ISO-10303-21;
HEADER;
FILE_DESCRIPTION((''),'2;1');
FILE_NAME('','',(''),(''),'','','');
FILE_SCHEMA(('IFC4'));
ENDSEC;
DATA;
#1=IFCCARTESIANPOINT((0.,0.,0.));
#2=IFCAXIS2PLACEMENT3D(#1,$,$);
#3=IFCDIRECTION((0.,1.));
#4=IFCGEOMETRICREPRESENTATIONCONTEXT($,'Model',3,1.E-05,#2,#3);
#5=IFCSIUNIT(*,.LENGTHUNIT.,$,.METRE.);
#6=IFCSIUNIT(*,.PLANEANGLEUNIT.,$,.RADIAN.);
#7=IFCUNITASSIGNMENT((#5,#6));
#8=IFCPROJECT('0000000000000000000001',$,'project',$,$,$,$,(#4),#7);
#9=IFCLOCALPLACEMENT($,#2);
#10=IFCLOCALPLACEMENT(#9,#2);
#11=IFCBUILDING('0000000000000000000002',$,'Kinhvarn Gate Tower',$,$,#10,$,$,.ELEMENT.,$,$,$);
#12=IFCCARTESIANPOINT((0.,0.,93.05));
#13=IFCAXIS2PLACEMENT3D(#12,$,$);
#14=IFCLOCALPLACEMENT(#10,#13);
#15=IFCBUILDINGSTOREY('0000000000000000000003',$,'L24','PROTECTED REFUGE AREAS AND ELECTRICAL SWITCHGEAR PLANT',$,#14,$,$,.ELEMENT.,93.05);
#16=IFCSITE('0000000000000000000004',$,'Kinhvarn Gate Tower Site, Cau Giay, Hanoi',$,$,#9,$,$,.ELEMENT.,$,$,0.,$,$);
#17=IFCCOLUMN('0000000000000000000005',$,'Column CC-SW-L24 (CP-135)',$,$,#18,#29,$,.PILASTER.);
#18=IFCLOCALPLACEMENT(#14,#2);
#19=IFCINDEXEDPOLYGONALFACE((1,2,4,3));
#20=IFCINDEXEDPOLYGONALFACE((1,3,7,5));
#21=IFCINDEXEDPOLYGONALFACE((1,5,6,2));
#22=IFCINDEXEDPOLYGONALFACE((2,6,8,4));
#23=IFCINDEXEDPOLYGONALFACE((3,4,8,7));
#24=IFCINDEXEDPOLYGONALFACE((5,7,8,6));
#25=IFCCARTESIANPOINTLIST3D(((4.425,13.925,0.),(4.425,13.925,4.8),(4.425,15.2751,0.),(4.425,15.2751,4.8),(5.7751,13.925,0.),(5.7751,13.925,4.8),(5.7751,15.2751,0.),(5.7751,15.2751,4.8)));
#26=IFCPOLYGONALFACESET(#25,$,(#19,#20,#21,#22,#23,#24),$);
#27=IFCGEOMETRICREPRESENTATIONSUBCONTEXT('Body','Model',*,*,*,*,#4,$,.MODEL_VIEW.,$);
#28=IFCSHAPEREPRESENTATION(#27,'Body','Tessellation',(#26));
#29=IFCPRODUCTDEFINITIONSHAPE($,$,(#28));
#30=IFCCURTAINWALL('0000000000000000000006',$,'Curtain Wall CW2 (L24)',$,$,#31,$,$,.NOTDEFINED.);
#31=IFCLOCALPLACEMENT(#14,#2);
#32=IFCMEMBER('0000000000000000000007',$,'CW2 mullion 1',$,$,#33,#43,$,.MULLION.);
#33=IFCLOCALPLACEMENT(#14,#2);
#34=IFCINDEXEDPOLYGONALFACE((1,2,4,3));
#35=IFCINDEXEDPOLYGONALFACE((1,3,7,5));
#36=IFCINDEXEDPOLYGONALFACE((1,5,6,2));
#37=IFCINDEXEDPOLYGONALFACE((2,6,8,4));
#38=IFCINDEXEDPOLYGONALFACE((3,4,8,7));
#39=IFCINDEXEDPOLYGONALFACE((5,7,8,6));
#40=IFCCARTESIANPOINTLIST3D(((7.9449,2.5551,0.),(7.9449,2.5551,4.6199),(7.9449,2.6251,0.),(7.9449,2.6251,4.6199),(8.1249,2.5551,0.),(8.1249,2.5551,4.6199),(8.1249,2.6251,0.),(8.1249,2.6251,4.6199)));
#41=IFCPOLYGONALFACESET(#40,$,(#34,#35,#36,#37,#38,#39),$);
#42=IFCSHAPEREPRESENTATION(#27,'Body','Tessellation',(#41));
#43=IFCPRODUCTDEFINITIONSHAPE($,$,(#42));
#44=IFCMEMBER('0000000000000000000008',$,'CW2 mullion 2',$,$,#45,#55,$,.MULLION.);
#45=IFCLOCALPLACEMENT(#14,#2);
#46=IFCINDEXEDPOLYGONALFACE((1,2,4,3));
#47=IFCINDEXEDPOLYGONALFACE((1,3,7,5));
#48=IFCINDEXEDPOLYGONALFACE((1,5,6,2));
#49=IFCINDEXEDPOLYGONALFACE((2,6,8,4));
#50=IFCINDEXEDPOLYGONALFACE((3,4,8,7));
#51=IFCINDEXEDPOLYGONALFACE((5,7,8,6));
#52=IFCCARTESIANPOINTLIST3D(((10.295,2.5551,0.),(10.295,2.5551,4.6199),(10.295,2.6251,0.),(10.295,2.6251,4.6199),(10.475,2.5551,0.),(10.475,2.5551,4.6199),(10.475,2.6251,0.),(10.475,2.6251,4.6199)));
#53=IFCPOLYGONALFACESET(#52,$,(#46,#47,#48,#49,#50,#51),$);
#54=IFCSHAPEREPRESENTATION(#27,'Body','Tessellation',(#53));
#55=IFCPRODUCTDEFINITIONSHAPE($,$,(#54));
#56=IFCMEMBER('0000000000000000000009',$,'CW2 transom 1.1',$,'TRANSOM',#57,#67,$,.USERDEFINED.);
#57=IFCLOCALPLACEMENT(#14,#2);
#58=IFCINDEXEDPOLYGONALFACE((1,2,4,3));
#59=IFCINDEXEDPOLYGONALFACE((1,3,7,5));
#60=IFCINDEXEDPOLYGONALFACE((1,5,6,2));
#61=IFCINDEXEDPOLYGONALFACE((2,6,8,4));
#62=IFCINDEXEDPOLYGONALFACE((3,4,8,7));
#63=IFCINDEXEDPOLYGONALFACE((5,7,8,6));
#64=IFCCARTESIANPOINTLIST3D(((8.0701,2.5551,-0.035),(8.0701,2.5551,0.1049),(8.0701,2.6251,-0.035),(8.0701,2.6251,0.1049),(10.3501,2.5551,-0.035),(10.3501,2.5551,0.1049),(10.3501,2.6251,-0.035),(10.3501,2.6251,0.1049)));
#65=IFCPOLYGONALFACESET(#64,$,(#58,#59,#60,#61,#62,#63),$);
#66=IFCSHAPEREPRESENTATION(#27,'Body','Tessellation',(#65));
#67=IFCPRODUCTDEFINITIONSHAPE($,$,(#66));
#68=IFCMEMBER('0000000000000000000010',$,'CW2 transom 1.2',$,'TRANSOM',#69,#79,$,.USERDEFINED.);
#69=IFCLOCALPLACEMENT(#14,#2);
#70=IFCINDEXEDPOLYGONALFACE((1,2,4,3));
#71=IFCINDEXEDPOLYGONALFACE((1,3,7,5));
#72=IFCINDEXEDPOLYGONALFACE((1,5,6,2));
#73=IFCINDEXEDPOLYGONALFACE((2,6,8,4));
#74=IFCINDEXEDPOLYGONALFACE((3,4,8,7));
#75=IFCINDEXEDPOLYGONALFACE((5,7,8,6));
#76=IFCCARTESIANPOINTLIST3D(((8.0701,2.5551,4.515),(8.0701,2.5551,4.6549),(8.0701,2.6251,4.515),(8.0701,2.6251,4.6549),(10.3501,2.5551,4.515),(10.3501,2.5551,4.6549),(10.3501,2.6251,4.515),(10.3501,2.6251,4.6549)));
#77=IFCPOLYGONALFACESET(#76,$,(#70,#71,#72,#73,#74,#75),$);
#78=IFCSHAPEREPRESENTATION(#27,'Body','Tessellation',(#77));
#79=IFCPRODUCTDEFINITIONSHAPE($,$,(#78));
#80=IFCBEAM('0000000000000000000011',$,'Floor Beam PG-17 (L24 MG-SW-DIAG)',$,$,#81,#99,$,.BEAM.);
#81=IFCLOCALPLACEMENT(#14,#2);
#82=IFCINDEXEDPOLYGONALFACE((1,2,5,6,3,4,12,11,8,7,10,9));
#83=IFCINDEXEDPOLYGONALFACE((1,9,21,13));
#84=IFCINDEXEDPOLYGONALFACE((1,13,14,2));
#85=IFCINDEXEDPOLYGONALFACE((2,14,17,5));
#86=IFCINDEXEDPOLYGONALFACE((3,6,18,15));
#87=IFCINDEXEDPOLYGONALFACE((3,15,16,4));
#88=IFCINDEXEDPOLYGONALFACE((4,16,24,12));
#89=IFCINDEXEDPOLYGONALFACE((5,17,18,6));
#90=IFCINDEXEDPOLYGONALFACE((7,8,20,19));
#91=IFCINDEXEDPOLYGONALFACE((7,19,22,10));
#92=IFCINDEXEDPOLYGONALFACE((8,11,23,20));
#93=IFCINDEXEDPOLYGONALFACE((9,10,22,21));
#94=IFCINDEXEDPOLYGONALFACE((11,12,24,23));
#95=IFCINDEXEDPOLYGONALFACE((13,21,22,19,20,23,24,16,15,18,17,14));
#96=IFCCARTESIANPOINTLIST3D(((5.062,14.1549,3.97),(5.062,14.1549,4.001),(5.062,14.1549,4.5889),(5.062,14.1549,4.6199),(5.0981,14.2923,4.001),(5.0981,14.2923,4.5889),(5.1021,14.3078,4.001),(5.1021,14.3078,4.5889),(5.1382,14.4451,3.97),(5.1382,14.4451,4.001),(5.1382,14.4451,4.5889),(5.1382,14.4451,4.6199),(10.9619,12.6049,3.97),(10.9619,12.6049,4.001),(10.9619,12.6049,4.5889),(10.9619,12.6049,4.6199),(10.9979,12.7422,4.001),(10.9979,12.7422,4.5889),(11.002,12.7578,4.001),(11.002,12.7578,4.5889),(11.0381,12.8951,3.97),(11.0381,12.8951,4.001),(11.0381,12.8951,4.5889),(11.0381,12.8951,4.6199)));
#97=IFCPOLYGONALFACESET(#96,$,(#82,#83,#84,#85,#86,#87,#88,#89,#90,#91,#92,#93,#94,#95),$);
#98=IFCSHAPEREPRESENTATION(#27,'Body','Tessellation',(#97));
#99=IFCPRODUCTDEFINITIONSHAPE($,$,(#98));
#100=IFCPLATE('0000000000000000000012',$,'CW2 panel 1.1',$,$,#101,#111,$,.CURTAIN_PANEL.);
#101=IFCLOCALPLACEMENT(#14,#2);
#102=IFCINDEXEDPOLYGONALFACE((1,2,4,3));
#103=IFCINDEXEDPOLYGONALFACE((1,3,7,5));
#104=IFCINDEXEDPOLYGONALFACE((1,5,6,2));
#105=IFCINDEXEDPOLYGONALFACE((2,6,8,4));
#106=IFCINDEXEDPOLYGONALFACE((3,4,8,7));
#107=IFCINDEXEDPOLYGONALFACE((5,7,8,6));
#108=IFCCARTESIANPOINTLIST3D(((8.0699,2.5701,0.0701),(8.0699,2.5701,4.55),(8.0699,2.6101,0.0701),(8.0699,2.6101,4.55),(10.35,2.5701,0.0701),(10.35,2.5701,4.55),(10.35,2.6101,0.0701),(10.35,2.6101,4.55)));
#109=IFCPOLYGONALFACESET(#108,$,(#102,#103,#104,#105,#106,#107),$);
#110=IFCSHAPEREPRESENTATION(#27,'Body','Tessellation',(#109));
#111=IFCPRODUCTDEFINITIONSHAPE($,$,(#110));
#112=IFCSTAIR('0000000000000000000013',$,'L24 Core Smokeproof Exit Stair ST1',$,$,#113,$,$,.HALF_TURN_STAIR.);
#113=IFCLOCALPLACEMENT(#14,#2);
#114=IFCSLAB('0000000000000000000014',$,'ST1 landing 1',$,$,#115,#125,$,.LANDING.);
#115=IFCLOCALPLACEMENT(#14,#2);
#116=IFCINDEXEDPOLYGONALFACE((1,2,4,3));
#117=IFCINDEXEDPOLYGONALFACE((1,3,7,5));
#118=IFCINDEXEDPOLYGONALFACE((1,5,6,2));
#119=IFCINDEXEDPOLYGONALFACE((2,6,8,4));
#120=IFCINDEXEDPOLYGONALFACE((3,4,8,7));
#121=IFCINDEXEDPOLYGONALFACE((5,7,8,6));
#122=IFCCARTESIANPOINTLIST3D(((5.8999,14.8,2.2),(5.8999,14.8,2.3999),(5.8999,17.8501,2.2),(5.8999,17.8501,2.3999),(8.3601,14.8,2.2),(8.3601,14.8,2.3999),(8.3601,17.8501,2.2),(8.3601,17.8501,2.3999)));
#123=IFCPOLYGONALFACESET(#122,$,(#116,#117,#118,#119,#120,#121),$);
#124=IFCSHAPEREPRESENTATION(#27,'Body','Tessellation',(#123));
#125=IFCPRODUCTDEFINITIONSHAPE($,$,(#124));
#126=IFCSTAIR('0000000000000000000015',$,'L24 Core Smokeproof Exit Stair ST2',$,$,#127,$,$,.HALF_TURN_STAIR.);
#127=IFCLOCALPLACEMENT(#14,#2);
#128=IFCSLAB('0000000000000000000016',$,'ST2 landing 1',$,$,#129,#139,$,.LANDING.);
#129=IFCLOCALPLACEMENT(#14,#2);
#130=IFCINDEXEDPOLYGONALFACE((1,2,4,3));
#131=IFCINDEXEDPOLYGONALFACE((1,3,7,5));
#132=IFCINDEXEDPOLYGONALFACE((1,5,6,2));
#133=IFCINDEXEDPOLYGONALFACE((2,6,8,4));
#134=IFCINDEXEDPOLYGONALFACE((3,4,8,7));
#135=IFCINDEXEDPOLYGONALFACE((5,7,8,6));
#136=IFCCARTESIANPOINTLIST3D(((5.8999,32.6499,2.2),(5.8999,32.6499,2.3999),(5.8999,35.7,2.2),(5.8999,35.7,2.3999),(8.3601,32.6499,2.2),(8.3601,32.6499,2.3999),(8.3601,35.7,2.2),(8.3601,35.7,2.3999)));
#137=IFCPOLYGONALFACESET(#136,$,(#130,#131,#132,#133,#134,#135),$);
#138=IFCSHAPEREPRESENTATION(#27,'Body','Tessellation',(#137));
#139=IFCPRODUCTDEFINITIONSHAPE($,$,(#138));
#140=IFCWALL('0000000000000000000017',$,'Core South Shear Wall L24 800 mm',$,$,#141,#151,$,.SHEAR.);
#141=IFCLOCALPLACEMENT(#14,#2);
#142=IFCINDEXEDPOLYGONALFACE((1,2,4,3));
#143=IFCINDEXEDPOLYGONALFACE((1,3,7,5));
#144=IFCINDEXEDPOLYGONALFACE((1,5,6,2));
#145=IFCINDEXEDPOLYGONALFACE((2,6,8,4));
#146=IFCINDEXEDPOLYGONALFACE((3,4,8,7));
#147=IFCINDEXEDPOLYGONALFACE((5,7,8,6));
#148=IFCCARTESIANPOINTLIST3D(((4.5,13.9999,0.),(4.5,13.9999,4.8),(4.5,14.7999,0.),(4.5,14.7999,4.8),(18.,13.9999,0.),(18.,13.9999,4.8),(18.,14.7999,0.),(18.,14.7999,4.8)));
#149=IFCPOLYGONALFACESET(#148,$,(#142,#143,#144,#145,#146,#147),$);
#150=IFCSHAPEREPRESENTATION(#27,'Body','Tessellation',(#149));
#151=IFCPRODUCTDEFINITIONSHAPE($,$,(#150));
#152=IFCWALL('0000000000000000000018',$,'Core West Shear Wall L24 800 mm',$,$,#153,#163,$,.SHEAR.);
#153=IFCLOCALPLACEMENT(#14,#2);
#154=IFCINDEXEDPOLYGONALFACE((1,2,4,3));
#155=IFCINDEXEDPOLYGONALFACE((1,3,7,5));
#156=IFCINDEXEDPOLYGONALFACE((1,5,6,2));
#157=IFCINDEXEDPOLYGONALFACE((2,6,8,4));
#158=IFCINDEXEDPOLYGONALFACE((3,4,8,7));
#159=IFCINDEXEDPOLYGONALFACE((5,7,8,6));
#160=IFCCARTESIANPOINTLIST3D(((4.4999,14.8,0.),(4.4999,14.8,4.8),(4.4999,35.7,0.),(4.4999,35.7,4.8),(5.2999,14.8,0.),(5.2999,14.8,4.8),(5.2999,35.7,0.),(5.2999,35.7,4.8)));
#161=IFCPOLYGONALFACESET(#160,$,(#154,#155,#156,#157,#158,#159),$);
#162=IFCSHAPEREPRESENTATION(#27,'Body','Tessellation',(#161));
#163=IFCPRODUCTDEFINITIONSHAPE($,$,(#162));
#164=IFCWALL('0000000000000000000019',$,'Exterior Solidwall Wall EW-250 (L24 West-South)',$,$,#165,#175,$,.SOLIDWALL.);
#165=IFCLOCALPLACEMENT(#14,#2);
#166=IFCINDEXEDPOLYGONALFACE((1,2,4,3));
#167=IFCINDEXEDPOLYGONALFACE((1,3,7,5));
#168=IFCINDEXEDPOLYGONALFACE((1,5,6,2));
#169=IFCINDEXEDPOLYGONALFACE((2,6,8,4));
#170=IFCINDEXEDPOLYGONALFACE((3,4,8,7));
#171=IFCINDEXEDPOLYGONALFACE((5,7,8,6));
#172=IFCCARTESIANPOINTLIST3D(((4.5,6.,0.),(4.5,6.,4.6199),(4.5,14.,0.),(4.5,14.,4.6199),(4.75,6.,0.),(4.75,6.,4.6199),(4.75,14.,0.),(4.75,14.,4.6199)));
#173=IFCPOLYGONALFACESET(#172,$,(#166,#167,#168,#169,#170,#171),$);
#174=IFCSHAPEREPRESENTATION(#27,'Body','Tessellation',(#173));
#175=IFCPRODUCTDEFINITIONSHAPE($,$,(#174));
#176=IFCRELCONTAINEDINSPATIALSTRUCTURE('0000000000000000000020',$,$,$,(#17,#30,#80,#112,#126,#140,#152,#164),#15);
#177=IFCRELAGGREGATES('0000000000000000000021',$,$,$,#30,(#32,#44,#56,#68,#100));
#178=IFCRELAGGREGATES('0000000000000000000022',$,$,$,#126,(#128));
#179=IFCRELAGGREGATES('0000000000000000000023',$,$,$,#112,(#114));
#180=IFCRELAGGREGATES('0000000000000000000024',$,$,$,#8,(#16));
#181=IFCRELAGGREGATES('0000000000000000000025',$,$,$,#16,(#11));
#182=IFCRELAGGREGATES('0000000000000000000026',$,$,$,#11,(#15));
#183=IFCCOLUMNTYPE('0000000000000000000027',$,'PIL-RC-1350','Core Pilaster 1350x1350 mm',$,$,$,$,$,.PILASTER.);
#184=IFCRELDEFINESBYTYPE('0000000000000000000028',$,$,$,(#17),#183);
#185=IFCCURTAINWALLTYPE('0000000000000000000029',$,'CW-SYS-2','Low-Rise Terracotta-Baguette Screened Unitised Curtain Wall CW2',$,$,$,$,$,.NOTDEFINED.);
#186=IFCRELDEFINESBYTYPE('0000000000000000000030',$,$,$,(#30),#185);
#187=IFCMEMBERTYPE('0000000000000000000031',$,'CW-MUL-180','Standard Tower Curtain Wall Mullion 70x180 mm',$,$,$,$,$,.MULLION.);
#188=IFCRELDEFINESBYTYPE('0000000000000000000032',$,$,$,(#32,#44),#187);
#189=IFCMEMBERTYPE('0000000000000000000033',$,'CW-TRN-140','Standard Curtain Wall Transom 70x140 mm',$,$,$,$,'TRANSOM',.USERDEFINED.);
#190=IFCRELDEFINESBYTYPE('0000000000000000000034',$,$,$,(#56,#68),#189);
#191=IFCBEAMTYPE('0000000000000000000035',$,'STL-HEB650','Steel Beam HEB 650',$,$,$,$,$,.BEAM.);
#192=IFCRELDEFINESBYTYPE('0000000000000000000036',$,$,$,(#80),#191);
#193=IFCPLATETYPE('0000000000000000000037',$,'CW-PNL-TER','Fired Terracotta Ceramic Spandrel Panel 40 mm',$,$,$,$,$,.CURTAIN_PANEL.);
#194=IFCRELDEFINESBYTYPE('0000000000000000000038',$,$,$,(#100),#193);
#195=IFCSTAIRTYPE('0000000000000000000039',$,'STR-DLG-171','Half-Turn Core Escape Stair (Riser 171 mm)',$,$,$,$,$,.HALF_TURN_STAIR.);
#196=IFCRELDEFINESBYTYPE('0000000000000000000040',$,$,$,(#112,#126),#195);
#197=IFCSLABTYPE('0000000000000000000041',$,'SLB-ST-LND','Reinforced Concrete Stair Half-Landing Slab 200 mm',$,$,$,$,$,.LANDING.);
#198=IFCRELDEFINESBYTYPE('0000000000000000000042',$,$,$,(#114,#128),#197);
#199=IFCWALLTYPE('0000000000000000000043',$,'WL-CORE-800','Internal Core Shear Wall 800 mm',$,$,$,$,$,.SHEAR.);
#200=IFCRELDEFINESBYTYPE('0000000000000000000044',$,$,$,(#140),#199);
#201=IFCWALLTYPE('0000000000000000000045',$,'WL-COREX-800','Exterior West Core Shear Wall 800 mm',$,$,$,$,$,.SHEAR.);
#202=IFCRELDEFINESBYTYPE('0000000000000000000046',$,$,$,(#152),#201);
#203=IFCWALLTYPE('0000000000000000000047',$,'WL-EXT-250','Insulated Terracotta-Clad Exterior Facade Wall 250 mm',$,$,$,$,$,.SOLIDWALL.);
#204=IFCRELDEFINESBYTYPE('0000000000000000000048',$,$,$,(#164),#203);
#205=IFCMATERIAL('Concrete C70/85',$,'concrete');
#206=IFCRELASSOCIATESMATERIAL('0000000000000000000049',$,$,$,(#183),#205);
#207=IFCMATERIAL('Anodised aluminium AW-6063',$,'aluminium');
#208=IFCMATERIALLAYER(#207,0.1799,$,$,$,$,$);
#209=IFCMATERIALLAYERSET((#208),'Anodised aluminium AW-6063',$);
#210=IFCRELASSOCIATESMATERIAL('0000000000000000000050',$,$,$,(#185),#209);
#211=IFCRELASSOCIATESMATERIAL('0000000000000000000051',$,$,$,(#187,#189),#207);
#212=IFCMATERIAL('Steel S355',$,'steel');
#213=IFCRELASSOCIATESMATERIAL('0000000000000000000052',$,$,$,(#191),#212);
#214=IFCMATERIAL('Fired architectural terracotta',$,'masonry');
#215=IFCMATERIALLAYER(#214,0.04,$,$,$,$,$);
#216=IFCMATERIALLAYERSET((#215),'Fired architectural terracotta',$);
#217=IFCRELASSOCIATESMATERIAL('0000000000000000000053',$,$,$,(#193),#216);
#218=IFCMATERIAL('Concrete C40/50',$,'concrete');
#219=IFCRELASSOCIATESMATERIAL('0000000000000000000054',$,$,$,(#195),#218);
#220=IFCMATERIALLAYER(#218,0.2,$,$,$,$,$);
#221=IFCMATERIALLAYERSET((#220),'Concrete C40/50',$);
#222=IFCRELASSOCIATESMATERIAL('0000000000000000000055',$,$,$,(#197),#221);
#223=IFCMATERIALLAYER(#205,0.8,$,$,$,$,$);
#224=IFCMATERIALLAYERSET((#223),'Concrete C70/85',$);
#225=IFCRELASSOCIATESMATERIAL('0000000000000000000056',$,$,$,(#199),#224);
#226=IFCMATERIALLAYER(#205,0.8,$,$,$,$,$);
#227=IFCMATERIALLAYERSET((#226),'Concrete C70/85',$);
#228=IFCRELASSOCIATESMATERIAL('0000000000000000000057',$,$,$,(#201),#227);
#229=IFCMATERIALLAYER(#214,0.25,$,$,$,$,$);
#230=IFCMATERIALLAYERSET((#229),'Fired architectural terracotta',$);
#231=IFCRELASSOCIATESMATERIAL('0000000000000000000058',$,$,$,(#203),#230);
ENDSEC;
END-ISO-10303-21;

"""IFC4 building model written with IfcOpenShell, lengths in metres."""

from ifc_helpers import new_model, si_unit, direction, frame, frame_2d, origin, origin_2d, place, context, subcontext, project, spatial, polyline, rectangle, i_section, outline, extrude, material, layer, layer_set, material_profile, profile_set, type_object, element, aggregate, save


model = new_model("IFC4")

# Units and contexts
model_context = context("Model", 3, precision=1e-05, world=origin(), true_north=direction((0.0, 1.0)))
body_context = subcontext(model_context, "Body", "Model", "MODEL_VIEW")
ifc_project = project(units=[si_unit("LENGTHUNIT", "METRE"), si_unit("PLANEANGLEUNIT", "RADIAN")], contexts=[model_context])

# Site, building, storey
site_placement = place(None, origin())
site = spatial("IfcSite", under=ifc_project, at=site_placement, Name="Kinhvarn Gate Tower Site, Cau Giay, Hanoi", CompositionType="ELEMENT", RefElevation=0.0)
building_placement = place(site_placement, origin())
building = spatial("IfcBuilding", under=site, at=building_placement, Name="Kinhvarn Gate Tower", CompositionType="ELEMENT")
storey_placement = place(building_placement, frame((0.0, 0.0, 93.05)))
storey = spatial("IfcBuildingStorey", under=building, at=storey_placement, Name="L24", Description="PROTECTED REFUGE AREAS AND ELECTRICAL SWITCHGEAR PLANT", CompositionType="ELEMENT", Elevation=93.05)

# Column
ifc_material_1 = material(Name="Concrete C70/85", Category="concrete")
ifc_material_profile_1 = material_profile(ifc_material_1, rectangle(XDim=1.3501, YDim=1.3501, at=origin_2d()), Name="RC 1350x1350")
ifc_profile_set_1 = profile_set([ifc_material_profile_1], Name="Concrete C70/85")
column_type = type_object("IfcColumnType", Name="PIL-RC-1350", Description="Core Pilaster 1350x1350 mm", PredefinedType="PILASTER", material=ifc_profile_set_1)
column_placement = place(storey_placement, frame((5.1001, 14.6001, 0.0), z_axis=(0.0, 0.0, 1.0), x_axis=(1.0, 0.0, 0.0)))
element("IfcColumn", 1, at=column_placement, inside=storey, type_object=column_type, Name="Column CC-SW-L24 (CP-135)", PredefinedType="PILASTER", context=body_context, shape_type="SweptSolid", body=[
    extrude(rectangle(XDim=1.3501, YDim=1.3501, at=origin_2d()), origin(), (0.0, 0.0, 1.0), 4.8),
])

# Curtain wall, members
ifc_material_2 = material(Name="Anodised aluminium AW-6063", Category="aluminium")
ifc_layer_1 = layer(ifc_material_2, 0.1799)
ifc_layer_set_1 = layer_set([ifc_layer_1], Name="Anodised aluminium AW-6063")
curtain_wall_type = type_object("IfcCurtainWallType", Name="CW-SYS-2", Description="Low-Rise Terracotta-Baguette Screened Unitised Curtain Wall CW2", PredefinedType="NOTDEFINED", material=ifc_layer_set_1)
curtain_wall_placement = place(storey_placement, origin())
curtain_wall = element("IfcCurtainWall", 2, at=curtain_wall_placement, inside=storey, type_object=curtain_wall_type, Name="Curtain Wall CW2 (L24)", PredefinedType="NOTDEFINED")
ifc_material_profile_2 = material_profile(ifc_material_2, rectangle(XDim=0.0701, YDim=0.1799, at=origin_2d()), Name="ALU 70x180")
ifc_profile_set_2 = profile_set([ifc_material_profile_2], Name="Anodised aluminium AW-6063")
member_type_1 = type_object("IfcMemberType", Name="CW-MUL-180", Description="Standard Tower Curtain Wall Mullion 70x180 mm", PredefinedType="MULLION", material=ifc_profile_set_2)
member_1_placement = place(storey_placement, frame((8.0349, 2.5901, 0.0), z_axis=(0.0, 0.0, 1.0), x_axis=(0.0, 1.0, 0.0)))
member_1 = element("IfcMember", 3, at=member_1_placement, type_object=member_type_1, Name="CW2 mullion 1", PredefinedType="MULLION", context=body_context, shape_type="SweptSolid", body=[
    extrude(rectangle(XDim=0.0701, YDim=0.1799, at=origin_2d()), origin(), (0.0, 0.0, 1.0), 4.6199),
])
member_2_placement = place(storey_placement, frame((10.385, 2.5901, 0.0), z_axis=(0.0, 0.0, 1.0), x_axis=(0.0, 1.0, 0.0)))
member_2 = element("IfcMember", 4, at=member_2_placement, type_object=member_type_1, Name="CW2 mullion 2", PredefinedType="MULLION", context=body_context, shape_type="SweptSolid", body=[
    extrude(rectangle(XDim=0.0701, YDim=0.1799, at=origin_2d()), origin(), (0.0, 0.0, 1.0), 4.6199),
])
ifc_material_profile_3 = material_profile(ifc_material_2, rectangle(XDim=0.0701, YDim=0.1399, at=origin_2d()), Name="ALU 70x140")
ifc_profile_set_3 = profile_set([ifc_material_profile_3], Name="Anodised aluminium AW-6063")
member_type_2 = type_object("IfcMemberType", Name="CW-TRN-140", Description="Standard Curtain Wall Transom 70x140 mm", ElementType="TRANSOM", PredefinedType="USERDEFINED", material=ifc_profile_set_3)
member_3_placement = place(storey_placement, frame((8.0701, 2.5901, 0.0349), z_axis=(1.0, 0.0, 0.0), x_axis=(0.0, 1.0, 0.0)))
member_3 = element("IfcMember", 5, at=member_3_placement, type_object=member_type_2, Name="CW2 transom 1.1", ObjectType="TRANSOM", PredefinedType="USERDEFINED", context=body_context, shape_type="SweptSolid", body=[
    extrude(rectangle(XDim=0.0701, YDim=0.1399, at=origin_2d()), origin(), (0.0, 0.0, 1.0), 2.28),
])
member_4_placement = place(storey_placement, frame((8.0701, 2.5901, 4.585), z_axis=(1.0, 0.0, 0.0), x_axis=(0.0, 1.0, 0.0)))
member_4 = element("IfcMember", 6, at=member_4_placement, type_object=member_type_2, Name="CW2 transom 1.2", ObjectType="TRANSOM", PredefinedType="USERDEFINED", context=body_context, shape_type="SweptSolid", body=[
    extrude(rectangle(XDim=0.0701, YDim=0.1399, at=origin_2d()), origin(), (0.0, 0.0, 1.0), 2.28),
])

# Beam
ifc_material_3 = material(Name="Steel S355", Category="steel")
ifc_material_profile_4 = material_profile(ifc_material_3, i_section(OverallWidth=0.3, OverallDepth=0.6499, WebThickness=0.0161, FlangeThickness=0.031, at=origin_2d()), Name="HEB 650")
ifc_profile_set_4 = profile_set([ifc_material_profile_4], Name="Steel S355")
beam_type = type_object("IfcBeamType", Name="STL-HEB650", Description="Steel Beam HEB 650", PredefinedType="BEAM", material=ifc_profile_set_4)
beam_placement = place(storey_placement, frame((5.1001, 14.3, 4.2949), z_axis=(0.967178, -0.254101, 0.0), x_axis=(0.254101, 0.967178, 0.0)))
element("IfcBeam", 7, at=beam_placement, inside=storey, type_object=beam_type, Name="Floor Beam PG-17 (L24 MG-SW-DIAG)", PredefinedType="BEAM", context=body_context, shape_type="SweptSolid", body=[
    extrude(i_section(OverallWidth=0.3, OverallDepth=0.6499, WebThickness=0.0161, FlangeThickness=0.031, at=origin_2d()), origin(), (0.0, 0.0, 1.0), 6.1001),
])

# Plate
ifc_material_4 = material(Name="Fired architectural terracotta", Category="masonry")
ifc_layer_2 = layer(ifc_material_4, 0.04)
ifc_layer_set_2 = layer_set([ifc_layer_2], Name="Fired architectural terracotta")
plate_type = type_object("IfcPlateType", Name="CW-PNL-TER", Description="Fired Terracotta Ceramic Spandrel Panel 40 mm", PredefinedType="CURTAIN_PANEL", material=ifc_layer_set_2)
plate_placement = place(storey_placement, frame((9.21, 2.5901, 0.0701), z_axis=(0.0, 0.0, 1.0), x_axis=(1.0, 0.0, 0.0)))
plate = element("IfcPlate", 8, at=plate_placement, type_object=plate_type, Name="CW2 panel 1.1", PredefinedType="CURTAIN_PANEL", context=body_context, shape_type="SweptSolid", body=[
    extrude(rectangle(XDim=2.28, YDim=0.04, at=origin_2d()), origin(), (0.0, 0.0, 1.0), 4.48),
])
aggregate(curtain_wall, [member_1, member_2, member_3, member_4, plate])

# Stairs, slabs
ifc_material_5 = material(Name="Concrete C40/50", Category="concrete")
stair_type = type_object("IfcStairType", Name="STR-DLG-171", Description="Half-Turn Core Escape Stair (Riser 171 mm)", PredefinedType="HALF_TURN_STAIR", material=ifc_material_5)
stair_1_placement = place(storey_placement, origin())
stair_1 = element("IfcStair", 9, at=stair_1_placement, inside=storey, type_object=stair_type, Name="L24 Core Smokeproof Exit Stair ST1", PredefinedType="HALF_TURN_STAIR")
ifc_layer_3 = layer(ifc_material_5, 0.2)
ifc_layer_set_3 = layer_set([ifc_layer_3], Name="Concrete C40/50")
slab_type = type_object("IfcSlabType", Name="SLB-ST-LND", Description="Reinforced Concrete Stair Half-Landing Slab 200 mm", PredefinedType="LANDING", material=ifc_layer_set_3)
slab_1_placement = place(storey_placement, frame((0.0, 0.0, 2.2)))
slab_1 = element("IfcSlab", 10, at=slab_1_placement, type_object=slab_type, Name="ST1 landing 1", PredefinedType="LANDING", context=body_context, shape_type="SweptSolid", body=[
    extrude(outline(polyline([(8.3601, 17.8501), (5.8999, 17.8501), (5.8999, 14.8), (8.3601, 14.8), (8.3601, 17.8501)])), origin(), (0.0, 0.0, 1.0), 0.2),
])
stair_2_placement = place(storey_placement, origin())
stair_2 = element("IfcStair", 11, at=stair_2_placement, inside=storey, type_object=stair_type, Name="L24 Core Smokeproof Exit Stair ST2", PredefinedType="HALF_TURN_STAIR")
slab_2_placement = place(storey_placement, frame((0.0, 0.0, 2.2)))
slab_2 = element("IfcSlab", 12, at=slab_2_placement, type_object=slab_type, Name="ST2 landing 1", PredefinedType="LANDING", context=body_context, shape_type="SweptSolid", body=[
    extrude(outline(polyline([(8.3601, 35.7), (5.8999, 35.7), (5.8999, 32.6499), (8.3601, 32.6499), (8.3601, 35.7)])), origin(), (0.0, 0.0, 1.0), 0.2),
])
aggregate(stair_2, [slab_2])

# Walls
ifc_layer_4 = layer(ifc_material_1, 0.8)
ifc_layer_set_4 = layer_set([ifc_layer_4], Name="Concrete C70/85")
wall_type_1 = type_object("IfcWallType", Name="WL-CORE-800", Description="Internal Core Shear Wall 800 mm", PredefinedType="SHEAR", material=ifc_layer_set_4)
wall_1_placement = place(storey_placement, frame((4.5, 14.3999, 0.0), z_axis=(0.0, 0.0, 1.0), x_axis=(1.0, 0.0, 0.0)))
element("IfcWall", 13, at=wall_1_placement, inside=storey, type_object=wall_type_1, Name="Core South Shear Wall L24 800 mm", PredefinedType="SHEAR", context=body_context, shape_type="SweptSolid", body=[
    extrude(rectangle(XDim=13.5, YDim=0.8, at=frame_2d((6.75, 0.0))), origin(), (0.0, 0.0, 1.0), 4.8),
])
ifc_layer_5 = layer(ifc_material_1, 0.8)
ifc_layer_set_5 = layer_set([ifc_layer_5], Name="Concrete C70/85")
wall_type_2 = type_object("IfcWallType", Name="WL-COREX-800", Description="Exterior West Core Shear Wall 800 mm", PredefinedType="SHEAR", material=ifc_layer_set_5)
wall_2_placement = place(storey_placement, frame((4.8999, 14.8, 0.0), z_axis=(0.0, 0.0, 1.0), x_axis=(0.0, 1.0, 0.0)))
element("IfcWall", 14, at=wall_2_placement, inside=storey, type_object=wall_type_2, Name="Core West Shear Wall L24 800 mm", PredefinedType="SHEAR", context=body_context, shape_type="SweptSolid", body=[
    extrude(rectangle(XDim=20.8999, YDim=0.8, at=frame_2d((10.45, 0.0))), origin(), (0.0, 0.0, 1.0), 4.8),
])
ifc_layer_6 = layer(ifc_material_4, 0.25)
ifc_layer_set_6 = layer_set([ifc_layer_6], Name="Fired architectural terracotta")
wall_type_3 = type_object("IfcWallType", Name="WL-EXT-250", Description="Insulated Terracotta-Clad Exterior Facade Wall 250 mm", PredefinedType="SOLIDWALL", material=ifc_layer_set_6)
wall_3_placement = place(storey_placement, frame((4.625, 14.0, 0.0), z_axis=(0.0, 0.0, 1.0), x_axis=(0.0, -1.0, 0.0)))
element("IfcWall", 15, at=wall_3_placement, inside=storey, type_object=wall_type_3, Name="Exterior Solidwall Wall EW-250 (L24 West-South)", PredefinedType="SOLIDWALL", context=body_context, shape_type="SweptSolid", body=[
    extrude(rectangle(XDim=8.0, YDim=0.25, at=frame_2d((4.0, 0.0))), origin(), (0.0, 0.0, 1.0), 4.6199),
])

aggregate(stair_1, [slab_1])

save(model, "model.ifc")
